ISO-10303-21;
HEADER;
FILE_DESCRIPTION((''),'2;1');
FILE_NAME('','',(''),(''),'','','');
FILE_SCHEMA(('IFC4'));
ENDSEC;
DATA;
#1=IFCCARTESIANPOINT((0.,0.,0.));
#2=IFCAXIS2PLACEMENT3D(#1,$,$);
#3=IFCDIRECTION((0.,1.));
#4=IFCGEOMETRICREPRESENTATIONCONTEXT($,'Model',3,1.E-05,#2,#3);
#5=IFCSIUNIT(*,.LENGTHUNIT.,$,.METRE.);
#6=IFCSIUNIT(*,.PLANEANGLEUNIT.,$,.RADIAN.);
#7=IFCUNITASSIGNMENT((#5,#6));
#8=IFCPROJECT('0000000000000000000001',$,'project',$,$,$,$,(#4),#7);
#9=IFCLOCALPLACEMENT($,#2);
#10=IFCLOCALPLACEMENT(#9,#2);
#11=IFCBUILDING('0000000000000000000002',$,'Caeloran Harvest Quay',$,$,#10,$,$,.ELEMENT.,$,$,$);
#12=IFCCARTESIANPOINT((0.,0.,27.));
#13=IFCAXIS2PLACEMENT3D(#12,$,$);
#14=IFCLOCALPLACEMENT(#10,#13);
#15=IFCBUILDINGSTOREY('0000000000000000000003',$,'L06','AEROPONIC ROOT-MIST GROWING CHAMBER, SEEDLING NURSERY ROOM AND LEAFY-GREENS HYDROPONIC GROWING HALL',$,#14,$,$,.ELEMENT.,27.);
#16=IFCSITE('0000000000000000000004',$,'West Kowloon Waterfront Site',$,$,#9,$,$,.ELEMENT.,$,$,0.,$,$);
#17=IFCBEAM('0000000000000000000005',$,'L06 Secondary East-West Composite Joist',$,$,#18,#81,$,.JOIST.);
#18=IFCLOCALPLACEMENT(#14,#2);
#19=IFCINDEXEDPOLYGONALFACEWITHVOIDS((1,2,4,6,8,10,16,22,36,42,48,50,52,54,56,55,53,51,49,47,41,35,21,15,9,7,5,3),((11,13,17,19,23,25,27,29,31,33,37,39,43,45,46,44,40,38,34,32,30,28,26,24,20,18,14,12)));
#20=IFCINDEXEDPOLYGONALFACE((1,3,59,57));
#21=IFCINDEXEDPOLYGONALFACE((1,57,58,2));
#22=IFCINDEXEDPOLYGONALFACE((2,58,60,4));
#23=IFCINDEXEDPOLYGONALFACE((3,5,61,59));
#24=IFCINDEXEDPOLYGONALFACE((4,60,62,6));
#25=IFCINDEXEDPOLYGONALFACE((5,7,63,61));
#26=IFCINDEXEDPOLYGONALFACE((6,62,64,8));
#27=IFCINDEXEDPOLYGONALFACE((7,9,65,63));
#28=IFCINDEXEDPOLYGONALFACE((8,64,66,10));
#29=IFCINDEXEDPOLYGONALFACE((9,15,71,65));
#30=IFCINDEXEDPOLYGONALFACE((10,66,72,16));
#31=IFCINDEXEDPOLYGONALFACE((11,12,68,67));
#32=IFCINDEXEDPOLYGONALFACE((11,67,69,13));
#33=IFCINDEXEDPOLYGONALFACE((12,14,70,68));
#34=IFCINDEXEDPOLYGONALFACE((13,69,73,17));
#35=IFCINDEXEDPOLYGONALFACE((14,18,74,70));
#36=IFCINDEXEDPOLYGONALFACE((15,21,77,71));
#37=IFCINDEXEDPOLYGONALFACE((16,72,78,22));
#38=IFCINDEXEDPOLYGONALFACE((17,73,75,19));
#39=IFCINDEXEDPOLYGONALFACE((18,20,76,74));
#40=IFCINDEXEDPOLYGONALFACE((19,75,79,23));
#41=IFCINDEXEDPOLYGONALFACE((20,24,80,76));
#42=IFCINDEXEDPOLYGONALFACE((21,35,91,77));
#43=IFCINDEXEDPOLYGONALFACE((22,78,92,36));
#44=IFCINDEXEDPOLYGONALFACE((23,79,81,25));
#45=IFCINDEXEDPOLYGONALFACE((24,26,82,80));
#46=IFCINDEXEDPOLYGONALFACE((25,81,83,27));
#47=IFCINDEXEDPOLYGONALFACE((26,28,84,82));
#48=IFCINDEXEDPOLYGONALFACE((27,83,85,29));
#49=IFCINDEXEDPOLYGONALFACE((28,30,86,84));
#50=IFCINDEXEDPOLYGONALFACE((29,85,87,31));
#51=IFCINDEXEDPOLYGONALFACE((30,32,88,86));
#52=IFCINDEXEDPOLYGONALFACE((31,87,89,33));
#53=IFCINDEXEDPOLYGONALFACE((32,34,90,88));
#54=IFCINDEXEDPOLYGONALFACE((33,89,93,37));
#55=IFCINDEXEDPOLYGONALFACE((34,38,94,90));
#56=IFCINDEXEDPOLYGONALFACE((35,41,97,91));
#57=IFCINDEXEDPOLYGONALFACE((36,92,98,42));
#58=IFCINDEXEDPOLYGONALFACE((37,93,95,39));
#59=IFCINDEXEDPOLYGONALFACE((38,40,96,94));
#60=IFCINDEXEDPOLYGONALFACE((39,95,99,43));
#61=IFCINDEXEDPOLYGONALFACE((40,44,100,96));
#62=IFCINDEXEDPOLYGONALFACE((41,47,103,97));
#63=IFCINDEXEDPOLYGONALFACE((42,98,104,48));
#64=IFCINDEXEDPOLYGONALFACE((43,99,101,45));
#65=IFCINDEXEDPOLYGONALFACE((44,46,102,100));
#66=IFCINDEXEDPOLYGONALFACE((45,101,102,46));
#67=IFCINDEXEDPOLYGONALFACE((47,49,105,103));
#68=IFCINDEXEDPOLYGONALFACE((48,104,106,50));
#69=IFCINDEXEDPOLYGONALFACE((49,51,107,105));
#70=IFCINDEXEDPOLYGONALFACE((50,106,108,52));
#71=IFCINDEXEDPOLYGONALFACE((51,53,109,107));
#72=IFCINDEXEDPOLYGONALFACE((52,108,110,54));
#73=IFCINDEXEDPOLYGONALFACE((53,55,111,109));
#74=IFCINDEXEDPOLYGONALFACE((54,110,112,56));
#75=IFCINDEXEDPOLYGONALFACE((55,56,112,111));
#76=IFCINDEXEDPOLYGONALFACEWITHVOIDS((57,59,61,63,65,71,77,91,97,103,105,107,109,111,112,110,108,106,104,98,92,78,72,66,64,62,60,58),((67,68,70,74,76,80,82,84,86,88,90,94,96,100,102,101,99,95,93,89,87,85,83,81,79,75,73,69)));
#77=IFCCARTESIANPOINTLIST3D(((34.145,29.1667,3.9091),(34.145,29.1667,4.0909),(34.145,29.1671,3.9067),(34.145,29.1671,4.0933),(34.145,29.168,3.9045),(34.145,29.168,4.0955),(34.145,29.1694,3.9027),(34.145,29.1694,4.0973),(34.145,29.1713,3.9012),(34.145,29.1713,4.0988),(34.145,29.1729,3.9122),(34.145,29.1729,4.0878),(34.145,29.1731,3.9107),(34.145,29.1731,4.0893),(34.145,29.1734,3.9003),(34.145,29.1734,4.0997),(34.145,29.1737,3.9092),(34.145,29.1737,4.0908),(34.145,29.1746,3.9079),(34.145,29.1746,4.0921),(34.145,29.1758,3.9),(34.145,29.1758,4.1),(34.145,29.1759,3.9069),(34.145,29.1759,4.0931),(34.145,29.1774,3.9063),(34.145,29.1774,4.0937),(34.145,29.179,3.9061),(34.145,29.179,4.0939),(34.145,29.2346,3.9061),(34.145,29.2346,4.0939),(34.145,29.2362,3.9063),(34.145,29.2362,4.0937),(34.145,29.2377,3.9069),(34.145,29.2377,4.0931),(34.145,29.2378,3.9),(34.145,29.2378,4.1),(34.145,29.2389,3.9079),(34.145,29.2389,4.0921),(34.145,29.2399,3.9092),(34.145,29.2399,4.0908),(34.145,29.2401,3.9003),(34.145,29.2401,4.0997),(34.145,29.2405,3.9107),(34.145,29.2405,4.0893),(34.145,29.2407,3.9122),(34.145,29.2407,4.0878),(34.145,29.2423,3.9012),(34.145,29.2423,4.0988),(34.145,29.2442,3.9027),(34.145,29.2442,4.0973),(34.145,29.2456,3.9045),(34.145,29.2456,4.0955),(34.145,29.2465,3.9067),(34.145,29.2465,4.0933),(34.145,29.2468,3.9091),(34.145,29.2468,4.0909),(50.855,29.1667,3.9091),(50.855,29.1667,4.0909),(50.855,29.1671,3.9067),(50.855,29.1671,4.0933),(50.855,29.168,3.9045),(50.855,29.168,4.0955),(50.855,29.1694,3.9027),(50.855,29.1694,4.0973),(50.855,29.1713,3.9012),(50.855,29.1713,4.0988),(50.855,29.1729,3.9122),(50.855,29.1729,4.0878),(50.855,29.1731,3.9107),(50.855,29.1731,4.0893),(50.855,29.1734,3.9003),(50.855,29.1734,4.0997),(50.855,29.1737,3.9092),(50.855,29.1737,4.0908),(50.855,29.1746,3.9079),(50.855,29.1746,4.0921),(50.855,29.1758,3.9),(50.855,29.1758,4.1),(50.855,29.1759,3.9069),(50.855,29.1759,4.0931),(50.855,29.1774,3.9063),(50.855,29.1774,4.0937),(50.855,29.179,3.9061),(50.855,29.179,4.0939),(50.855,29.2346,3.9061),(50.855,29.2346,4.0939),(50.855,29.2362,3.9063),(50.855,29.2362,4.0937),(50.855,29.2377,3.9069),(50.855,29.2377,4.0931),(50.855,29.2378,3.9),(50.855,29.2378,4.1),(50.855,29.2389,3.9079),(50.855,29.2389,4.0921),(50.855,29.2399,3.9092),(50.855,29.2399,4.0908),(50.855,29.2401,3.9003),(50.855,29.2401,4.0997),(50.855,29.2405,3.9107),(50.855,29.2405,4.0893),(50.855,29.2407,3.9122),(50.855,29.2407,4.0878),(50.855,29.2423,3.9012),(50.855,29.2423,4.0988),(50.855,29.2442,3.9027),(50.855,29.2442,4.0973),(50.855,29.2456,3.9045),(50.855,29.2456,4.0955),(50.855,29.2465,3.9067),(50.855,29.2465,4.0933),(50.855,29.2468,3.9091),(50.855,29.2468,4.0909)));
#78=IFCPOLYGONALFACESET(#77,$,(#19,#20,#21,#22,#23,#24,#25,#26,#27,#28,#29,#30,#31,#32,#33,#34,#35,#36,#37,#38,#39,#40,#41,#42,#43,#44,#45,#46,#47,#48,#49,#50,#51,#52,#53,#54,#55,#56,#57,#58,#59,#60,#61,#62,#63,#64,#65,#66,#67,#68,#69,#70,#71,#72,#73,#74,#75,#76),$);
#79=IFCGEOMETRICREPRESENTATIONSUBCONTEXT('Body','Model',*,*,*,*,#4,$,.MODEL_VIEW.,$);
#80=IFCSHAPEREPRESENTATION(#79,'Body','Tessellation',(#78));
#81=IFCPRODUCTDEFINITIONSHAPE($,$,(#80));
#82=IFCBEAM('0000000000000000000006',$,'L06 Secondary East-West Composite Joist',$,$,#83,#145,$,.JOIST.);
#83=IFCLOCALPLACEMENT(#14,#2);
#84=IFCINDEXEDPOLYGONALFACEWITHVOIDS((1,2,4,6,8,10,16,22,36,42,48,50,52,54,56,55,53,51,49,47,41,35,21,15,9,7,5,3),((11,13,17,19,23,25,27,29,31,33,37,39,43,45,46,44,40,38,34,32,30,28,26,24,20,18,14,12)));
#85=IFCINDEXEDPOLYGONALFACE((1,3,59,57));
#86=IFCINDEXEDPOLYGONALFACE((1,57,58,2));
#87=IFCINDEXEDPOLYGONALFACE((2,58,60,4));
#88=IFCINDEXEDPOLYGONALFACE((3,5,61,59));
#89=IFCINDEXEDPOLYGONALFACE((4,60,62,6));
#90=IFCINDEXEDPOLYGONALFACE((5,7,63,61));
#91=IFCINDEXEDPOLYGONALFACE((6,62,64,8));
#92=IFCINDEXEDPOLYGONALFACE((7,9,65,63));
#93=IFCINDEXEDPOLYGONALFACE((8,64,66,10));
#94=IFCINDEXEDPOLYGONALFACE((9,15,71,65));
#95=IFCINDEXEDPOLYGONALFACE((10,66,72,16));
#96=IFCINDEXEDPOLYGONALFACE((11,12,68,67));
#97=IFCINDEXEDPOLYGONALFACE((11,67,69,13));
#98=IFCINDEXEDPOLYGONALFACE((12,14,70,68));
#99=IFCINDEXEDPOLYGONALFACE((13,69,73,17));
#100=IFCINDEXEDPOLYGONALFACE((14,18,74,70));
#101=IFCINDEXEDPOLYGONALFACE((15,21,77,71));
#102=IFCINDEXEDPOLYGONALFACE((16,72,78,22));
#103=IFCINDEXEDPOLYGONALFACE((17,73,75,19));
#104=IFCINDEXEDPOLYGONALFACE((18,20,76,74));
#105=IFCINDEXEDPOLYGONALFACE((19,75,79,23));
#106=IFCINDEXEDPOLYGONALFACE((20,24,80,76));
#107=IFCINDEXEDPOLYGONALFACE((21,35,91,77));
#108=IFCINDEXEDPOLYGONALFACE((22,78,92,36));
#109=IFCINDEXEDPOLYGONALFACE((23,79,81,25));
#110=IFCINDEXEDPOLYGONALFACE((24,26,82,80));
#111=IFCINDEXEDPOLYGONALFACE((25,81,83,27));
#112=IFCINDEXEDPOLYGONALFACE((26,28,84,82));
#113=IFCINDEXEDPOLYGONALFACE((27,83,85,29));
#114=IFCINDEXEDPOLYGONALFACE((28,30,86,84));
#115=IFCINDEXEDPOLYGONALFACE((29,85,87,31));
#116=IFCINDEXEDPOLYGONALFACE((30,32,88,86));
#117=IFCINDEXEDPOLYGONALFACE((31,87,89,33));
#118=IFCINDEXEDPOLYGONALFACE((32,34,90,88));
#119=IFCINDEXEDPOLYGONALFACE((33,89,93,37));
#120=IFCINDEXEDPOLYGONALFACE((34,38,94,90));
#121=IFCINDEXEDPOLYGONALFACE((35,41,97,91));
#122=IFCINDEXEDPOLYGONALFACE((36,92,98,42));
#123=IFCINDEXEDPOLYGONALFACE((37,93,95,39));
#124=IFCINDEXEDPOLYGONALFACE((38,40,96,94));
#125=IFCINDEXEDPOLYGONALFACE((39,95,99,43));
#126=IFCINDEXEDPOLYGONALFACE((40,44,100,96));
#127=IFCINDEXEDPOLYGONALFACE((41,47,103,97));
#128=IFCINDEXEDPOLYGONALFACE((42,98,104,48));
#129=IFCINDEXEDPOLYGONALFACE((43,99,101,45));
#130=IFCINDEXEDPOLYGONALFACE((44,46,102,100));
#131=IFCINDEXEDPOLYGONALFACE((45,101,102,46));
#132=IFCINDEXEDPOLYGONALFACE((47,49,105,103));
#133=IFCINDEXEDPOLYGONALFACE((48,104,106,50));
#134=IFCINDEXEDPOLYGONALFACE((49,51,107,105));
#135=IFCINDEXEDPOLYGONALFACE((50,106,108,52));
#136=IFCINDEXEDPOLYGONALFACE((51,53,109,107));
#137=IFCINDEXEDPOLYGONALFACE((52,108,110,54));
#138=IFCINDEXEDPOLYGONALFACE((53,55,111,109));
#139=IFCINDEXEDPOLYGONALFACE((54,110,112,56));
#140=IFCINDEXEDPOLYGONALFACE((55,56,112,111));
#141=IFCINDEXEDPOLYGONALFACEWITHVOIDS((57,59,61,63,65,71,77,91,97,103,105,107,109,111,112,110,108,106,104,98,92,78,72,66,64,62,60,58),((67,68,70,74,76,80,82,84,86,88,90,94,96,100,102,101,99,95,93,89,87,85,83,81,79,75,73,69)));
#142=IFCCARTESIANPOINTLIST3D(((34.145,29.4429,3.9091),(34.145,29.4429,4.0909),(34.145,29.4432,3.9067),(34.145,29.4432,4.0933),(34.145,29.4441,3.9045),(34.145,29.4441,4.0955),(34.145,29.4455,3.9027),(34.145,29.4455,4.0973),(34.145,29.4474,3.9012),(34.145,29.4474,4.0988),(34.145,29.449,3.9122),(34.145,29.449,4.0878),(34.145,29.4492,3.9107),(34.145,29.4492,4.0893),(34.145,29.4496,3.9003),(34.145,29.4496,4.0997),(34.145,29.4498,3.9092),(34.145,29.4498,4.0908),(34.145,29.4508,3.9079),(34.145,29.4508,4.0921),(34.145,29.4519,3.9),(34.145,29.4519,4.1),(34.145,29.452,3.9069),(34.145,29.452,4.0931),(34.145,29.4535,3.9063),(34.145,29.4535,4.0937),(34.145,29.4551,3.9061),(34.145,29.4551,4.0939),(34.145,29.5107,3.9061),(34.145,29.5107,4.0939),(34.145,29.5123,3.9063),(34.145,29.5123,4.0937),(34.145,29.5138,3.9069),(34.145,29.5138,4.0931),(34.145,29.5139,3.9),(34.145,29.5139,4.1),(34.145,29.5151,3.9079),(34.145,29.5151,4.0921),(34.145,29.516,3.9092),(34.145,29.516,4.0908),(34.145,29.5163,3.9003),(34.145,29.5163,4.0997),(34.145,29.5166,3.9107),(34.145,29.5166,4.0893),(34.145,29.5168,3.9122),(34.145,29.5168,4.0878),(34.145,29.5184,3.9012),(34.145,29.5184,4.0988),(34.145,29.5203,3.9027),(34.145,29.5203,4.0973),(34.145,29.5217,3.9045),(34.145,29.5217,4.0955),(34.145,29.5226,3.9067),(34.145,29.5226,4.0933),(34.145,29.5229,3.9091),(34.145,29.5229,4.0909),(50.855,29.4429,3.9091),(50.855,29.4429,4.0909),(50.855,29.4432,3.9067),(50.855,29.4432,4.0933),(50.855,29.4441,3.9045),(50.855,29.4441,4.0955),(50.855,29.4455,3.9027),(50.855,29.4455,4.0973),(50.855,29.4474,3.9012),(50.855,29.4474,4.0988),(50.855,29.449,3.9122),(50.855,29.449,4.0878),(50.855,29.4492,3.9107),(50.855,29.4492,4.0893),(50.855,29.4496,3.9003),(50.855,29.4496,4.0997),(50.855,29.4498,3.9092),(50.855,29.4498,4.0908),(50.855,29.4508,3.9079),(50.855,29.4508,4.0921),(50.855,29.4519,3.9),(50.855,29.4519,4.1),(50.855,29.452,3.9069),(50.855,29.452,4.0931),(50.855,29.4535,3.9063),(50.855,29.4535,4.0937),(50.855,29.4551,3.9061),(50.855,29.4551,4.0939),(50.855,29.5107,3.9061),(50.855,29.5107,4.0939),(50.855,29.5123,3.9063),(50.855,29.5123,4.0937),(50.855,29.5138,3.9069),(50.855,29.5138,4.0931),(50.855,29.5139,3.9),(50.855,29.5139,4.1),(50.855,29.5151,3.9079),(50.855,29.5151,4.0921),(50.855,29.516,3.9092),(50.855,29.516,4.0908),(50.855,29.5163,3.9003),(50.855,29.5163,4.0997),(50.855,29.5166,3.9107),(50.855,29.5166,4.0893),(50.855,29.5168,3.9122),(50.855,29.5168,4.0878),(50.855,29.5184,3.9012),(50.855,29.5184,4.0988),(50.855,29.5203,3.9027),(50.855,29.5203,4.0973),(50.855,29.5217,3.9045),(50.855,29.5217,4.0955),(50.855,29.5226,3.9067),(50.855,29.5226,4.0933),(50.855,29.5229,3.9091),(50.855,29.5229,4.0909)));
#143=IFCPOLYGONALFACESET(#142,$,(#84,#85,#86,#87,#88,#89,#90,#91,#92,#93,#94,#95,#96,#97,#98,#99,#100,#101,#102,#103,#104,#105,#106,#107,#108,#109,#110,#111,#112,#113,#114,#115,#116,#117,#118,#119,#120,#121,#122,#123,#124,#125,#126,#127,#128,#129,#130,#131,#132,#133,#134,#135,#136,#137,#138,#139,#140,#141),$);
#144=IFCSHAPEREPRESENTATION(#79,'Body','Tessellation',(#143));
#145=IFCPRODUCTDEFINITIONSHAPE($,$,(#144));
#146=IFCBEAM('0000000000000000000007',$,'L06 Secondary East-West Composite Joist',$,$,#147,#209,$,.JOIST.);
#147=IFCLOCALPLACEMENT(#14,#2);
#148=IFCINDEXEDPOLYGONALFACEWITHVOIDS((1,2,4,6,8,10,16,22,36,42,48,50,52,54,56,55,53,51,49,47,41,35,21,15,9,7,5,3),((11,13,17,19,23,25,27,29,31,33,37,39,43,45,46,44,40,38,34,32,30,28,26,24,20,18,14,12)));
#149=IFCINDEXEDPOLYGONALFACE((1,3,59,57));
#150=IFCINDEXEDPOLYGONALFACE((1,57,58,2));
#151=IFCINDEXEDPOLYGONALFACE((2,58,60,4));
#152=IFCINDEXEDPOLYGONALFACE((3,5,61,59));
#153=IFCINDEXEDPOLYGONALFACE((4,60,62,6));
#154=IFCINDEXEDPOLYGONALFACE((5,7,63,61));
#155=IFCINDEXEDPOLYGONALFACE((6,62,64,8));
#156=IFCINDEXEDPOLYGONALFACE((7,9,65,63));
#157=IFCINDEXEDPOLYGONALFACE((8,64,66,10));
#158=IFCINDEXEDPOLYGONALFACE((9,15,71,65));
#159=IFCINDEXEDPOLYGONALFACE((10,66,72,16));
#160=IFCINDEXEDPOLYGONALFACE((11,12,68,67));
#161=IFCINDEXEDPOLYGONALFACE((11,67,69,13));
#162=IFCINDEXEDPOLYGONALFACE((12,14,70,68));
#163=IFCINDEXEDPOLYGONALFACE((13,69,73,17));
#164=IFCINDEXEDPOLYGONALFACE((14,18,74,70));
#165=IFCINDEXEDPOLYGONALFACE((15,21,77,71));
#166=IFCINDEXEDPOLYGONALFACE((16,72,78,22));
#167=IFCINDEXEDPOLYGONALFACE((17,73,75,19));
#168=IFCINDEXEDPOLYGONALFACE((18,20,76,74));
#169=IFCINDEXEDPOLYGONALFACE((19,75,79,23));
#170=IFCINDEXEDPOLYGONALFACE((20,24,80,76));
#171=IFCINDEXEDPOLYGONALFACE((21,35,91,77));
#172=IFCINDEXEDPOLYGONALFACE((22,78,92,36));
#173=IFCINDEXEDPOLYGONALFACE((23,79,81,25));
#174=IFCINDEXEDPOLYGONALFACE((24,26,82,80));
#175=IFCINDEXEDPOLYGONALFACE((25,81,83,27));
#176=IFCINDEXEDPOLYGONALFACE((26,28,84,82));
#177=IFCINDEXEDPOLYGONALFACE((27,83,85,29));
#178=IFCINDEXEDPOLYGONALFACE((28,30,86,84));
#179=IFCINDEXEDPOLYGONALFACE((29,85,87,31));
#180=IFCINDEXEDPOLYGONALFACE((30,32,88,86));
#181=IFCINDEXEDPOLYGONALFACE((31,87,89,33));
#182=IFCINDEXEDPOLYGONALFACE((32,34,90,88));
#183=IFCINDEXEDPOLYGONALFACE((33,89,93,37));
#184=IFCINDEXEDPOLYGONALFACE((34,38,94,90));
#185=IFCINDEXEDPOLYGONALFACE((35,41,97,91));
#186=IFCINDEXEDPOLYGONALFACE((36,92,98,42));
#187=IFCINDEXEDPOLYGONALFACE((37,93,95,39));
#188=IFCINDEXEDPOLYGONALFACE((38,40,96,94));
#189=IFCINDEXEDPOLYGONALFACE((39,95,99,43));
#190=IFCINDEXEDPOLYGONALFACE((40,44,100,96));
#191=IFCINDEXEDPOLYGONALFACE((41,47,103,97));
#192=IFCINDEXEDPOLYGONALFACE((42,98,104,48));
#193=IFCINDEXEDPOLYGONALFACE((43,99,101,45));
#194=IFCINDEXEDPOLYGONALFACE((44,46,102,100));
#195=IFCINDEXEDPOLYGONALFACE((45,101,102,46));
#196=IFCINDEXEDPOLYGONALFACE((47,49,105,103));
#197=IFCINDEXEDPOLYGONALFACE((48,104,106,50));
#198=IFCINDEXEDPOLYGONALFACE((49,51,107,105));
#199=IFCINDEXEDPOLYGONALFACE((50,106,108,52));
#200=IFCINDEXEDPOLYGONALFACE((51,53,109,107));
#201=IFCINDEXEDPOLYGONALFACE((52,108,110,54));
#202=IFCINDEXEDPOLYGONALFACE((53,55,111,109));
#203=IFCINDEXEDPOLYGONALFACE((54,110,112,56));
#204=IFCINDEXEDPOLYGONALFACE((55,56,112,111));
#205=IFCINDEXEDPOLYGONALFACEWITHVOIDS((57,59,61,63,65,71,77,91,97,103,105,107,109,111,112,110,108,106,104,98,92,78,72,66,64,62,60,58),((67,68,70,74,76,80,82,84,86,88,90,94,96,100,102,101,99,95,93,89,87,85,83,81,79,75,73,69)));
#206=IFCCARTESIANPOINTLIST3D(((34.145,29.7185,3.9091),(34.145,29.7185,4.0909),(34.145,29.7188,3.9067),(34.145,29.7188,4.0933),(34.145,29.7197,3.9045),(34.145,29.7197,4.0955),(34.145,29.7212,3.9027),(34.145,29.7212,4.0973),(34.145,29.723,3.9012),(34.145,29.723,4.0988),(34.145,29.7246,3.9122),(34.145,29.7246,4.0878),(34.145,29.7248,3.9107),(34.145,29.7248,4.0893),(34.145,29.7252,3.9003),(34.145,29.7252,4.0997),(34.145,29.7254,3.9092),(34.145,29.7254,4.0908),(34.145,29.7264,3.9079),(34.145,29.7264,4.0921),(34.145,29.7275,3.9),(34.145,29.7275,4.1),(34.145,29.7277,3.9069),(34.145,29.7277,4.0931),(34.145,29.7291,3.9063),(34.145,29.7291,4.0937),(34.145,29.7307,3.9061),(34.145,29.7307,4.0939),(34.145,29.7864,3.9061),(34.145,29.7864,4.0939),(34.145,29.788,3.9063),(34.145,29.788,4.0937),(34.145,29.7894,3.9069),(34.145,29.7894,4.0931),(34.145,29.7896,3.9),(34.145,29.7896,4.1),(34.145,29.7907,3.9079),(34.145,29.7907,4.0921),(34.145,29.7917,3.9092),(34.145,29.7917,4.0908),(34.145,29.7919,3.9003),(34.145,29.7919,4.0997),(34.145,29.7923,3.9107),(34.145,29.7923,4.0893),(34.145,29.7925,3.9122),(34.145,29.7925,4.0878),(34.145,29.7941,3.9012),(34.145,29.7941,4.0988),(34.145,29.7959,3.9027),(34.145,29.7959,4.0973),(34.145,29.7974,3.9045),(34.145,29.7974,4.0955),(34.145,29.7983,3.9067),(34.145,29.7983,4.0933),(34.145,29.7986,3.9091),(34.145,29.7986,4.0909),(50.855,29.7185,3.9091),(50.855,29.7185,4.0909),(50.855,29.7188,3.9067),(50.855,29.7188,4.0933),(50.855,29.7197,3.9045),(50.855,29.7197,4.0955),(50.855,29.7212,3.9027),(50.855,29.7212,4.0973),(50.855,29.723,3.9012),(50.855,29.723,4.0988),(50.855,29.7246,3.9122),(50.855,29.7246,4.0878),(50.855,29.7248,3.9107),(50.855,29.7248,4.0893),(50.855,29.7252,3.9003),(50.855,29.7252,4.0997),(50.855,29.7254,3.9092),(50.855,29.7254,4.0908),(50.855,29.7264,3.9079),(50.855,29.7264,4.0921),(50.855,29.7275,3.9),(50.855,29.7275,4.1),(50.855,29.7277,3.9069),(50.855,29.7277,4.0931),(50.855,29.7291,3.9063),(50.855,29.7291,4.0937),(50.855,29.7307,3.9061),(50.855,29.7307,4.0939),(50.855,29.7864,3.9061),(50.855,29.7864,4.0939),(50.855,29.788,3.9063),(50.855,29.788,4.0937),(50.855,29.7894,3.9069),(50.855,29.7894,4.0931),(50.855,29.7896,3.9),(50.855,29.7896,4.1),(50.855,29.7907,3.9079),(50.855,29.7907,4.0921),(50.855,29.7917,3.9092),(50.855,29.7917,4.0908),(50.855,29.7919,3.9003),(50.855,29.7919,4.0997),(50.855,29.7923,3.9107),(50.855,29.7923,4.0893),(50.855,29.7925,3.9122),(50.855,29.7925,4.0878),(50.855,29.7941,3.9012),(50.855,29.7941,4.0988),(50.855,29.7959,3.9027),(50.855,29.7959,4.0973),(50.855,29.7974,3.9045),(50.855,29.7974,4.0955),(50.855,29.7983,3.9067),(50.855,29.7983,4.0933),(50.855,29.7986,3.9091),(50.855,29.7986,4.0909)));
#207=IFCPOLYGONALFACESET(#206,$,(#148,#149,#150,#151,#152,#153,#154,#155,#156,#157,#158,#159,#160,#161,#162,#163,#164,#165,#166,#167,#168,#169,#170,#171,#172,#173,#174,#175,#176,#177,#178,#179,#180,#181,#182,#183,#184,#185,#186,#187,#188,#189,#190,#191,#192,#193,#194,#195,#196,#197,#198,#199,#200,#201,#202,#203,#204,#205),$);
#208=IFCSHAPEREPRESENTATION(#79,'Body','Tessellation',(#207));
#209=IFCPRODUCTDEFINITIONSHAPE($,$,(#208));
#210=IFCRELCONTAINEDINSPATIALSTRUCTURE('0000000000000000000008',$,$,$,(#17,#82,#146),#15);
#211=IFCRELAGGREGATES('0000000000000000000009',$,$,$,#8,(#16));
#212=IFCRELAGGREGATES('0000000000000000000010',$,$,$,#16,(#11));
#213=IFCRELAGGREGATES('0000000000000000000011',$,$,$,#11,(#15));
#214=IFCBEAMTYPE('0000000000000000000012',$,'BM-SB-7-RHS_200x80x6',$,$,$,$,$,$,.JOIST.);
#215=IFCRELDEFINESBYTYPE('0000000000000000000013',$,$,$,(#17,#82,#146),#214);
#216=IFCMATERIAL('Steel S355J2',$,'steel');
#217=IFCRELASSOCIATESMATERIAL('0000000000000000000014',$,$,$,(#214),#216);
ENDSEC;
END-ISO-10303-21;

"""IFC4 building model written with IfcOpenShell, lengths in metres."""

from ifc_helpers import new_model, si_unit, direction, frame, origin, origin_2d, place, context, subcontext, project, spatial, hollow_rectangle, extrude, material, material_profile, profile_set, type_object, element, save


model = new_model("IFC4")

# Units and contexts
model_context = context("Model", 3, precision=1e-05, world=origin(), true_north=direction((0.0, 1.0)))
body_context = subcontext(model_context, "Body", "Model", "MODEL_VIEW")
ifc_project = project(units=[si_unit("LENGTHUNIT", "METRE"), si_unit("PLANEANGLEUNIT", "RADIAN")], contexts=[model_context])

# Site, building, storey
site_placement = place(None, origin())
site = spatial("IfcSite", under=ifc_project, at=site_placement, Name="West Kowloon Waterfront Site", CompositionType="ELEMENT", RefElevation=0.0)
building_placement = place(site_placement, origin())
building = spatial("IfcBuilding", under=site, at=building_placement, Name="Caeloran Harvest Quay", CompositionType="ELEMENT")
storey_placement = place(building_placement, frame((0.0, 0.0, 27.0)))
storey = spatial("IfcBuildingStorey", under=building, at=storey_placement, Name="L06", Description="AEROPONIC ROOT-MIST GROWING CHAMBER, SEEDLING NURSERY ROOM AND LEAFY-GREENS HYDROPONIC GROWING HALL", CompositionType="ELEMENT", Elevation=27.0)

# Beams
ifc_material_1 = material(Name="Steel S355J2", Category="steel")
ifc_material_profile_1 = material_profile(ifc_material_1, hollow_rectangle(XDim=0.0801, YDim=0.2, WallThickness=0.0061, InnerFilletRadius=0.0061, OuterFilletRadius=0.009, at=origin_2d()), Name="RHS 200x80x6")
ifc_profile_set_1 = profile_set([ifc_material_profile_1], Name="Steel S355J2")
beam_type_1 = type_object("IfcBeamType", Name="BM-SB-7-RHS_200x80x6", PredefinedType="JOIST", material=ifc_profile_set_1)
for number, where, z_axis, x_axis, name in (
    (1, (34.145, 29.2068, 4.0), (1.0, 0.0, 0.0), (0.0, 1.0, 0.0), "L06 Secondary East-West Composite Joist"),
    (2, (34.145, 29.4829, 4.0), (1.0, 0.0, 0.0), (0.0, 1.0, 0.0), "L06 Secondary East-West Composite Joist"),
    (3, (34.145, 29.7585, 4.0), (1.0, 0.0, 0.0), (0.0, 1.0, 0.0), "L06 Secondary East-West Composite Joist"),
):
    element("IfcBeam", number, at=place(storey_placement, frame(where, z_axis=z_axis, x_axis=x_axis)), inside=storey, type_object=beam_type_1, Name=name, PredefinedType="JOIST", context=body_context, shape_type="SweptSolid", body=[
        extrude(hollow_rectangle(XDim=0.0801, YDim=0.2, WallThickness=0.0061, InnerFilletRadius=0.0061, OuterFilletRadius=0.009, at=origin_2d()), origin(), (0.0, 0.0, 1.0), 16.71),
    ])

save(model, "model.ifc")
